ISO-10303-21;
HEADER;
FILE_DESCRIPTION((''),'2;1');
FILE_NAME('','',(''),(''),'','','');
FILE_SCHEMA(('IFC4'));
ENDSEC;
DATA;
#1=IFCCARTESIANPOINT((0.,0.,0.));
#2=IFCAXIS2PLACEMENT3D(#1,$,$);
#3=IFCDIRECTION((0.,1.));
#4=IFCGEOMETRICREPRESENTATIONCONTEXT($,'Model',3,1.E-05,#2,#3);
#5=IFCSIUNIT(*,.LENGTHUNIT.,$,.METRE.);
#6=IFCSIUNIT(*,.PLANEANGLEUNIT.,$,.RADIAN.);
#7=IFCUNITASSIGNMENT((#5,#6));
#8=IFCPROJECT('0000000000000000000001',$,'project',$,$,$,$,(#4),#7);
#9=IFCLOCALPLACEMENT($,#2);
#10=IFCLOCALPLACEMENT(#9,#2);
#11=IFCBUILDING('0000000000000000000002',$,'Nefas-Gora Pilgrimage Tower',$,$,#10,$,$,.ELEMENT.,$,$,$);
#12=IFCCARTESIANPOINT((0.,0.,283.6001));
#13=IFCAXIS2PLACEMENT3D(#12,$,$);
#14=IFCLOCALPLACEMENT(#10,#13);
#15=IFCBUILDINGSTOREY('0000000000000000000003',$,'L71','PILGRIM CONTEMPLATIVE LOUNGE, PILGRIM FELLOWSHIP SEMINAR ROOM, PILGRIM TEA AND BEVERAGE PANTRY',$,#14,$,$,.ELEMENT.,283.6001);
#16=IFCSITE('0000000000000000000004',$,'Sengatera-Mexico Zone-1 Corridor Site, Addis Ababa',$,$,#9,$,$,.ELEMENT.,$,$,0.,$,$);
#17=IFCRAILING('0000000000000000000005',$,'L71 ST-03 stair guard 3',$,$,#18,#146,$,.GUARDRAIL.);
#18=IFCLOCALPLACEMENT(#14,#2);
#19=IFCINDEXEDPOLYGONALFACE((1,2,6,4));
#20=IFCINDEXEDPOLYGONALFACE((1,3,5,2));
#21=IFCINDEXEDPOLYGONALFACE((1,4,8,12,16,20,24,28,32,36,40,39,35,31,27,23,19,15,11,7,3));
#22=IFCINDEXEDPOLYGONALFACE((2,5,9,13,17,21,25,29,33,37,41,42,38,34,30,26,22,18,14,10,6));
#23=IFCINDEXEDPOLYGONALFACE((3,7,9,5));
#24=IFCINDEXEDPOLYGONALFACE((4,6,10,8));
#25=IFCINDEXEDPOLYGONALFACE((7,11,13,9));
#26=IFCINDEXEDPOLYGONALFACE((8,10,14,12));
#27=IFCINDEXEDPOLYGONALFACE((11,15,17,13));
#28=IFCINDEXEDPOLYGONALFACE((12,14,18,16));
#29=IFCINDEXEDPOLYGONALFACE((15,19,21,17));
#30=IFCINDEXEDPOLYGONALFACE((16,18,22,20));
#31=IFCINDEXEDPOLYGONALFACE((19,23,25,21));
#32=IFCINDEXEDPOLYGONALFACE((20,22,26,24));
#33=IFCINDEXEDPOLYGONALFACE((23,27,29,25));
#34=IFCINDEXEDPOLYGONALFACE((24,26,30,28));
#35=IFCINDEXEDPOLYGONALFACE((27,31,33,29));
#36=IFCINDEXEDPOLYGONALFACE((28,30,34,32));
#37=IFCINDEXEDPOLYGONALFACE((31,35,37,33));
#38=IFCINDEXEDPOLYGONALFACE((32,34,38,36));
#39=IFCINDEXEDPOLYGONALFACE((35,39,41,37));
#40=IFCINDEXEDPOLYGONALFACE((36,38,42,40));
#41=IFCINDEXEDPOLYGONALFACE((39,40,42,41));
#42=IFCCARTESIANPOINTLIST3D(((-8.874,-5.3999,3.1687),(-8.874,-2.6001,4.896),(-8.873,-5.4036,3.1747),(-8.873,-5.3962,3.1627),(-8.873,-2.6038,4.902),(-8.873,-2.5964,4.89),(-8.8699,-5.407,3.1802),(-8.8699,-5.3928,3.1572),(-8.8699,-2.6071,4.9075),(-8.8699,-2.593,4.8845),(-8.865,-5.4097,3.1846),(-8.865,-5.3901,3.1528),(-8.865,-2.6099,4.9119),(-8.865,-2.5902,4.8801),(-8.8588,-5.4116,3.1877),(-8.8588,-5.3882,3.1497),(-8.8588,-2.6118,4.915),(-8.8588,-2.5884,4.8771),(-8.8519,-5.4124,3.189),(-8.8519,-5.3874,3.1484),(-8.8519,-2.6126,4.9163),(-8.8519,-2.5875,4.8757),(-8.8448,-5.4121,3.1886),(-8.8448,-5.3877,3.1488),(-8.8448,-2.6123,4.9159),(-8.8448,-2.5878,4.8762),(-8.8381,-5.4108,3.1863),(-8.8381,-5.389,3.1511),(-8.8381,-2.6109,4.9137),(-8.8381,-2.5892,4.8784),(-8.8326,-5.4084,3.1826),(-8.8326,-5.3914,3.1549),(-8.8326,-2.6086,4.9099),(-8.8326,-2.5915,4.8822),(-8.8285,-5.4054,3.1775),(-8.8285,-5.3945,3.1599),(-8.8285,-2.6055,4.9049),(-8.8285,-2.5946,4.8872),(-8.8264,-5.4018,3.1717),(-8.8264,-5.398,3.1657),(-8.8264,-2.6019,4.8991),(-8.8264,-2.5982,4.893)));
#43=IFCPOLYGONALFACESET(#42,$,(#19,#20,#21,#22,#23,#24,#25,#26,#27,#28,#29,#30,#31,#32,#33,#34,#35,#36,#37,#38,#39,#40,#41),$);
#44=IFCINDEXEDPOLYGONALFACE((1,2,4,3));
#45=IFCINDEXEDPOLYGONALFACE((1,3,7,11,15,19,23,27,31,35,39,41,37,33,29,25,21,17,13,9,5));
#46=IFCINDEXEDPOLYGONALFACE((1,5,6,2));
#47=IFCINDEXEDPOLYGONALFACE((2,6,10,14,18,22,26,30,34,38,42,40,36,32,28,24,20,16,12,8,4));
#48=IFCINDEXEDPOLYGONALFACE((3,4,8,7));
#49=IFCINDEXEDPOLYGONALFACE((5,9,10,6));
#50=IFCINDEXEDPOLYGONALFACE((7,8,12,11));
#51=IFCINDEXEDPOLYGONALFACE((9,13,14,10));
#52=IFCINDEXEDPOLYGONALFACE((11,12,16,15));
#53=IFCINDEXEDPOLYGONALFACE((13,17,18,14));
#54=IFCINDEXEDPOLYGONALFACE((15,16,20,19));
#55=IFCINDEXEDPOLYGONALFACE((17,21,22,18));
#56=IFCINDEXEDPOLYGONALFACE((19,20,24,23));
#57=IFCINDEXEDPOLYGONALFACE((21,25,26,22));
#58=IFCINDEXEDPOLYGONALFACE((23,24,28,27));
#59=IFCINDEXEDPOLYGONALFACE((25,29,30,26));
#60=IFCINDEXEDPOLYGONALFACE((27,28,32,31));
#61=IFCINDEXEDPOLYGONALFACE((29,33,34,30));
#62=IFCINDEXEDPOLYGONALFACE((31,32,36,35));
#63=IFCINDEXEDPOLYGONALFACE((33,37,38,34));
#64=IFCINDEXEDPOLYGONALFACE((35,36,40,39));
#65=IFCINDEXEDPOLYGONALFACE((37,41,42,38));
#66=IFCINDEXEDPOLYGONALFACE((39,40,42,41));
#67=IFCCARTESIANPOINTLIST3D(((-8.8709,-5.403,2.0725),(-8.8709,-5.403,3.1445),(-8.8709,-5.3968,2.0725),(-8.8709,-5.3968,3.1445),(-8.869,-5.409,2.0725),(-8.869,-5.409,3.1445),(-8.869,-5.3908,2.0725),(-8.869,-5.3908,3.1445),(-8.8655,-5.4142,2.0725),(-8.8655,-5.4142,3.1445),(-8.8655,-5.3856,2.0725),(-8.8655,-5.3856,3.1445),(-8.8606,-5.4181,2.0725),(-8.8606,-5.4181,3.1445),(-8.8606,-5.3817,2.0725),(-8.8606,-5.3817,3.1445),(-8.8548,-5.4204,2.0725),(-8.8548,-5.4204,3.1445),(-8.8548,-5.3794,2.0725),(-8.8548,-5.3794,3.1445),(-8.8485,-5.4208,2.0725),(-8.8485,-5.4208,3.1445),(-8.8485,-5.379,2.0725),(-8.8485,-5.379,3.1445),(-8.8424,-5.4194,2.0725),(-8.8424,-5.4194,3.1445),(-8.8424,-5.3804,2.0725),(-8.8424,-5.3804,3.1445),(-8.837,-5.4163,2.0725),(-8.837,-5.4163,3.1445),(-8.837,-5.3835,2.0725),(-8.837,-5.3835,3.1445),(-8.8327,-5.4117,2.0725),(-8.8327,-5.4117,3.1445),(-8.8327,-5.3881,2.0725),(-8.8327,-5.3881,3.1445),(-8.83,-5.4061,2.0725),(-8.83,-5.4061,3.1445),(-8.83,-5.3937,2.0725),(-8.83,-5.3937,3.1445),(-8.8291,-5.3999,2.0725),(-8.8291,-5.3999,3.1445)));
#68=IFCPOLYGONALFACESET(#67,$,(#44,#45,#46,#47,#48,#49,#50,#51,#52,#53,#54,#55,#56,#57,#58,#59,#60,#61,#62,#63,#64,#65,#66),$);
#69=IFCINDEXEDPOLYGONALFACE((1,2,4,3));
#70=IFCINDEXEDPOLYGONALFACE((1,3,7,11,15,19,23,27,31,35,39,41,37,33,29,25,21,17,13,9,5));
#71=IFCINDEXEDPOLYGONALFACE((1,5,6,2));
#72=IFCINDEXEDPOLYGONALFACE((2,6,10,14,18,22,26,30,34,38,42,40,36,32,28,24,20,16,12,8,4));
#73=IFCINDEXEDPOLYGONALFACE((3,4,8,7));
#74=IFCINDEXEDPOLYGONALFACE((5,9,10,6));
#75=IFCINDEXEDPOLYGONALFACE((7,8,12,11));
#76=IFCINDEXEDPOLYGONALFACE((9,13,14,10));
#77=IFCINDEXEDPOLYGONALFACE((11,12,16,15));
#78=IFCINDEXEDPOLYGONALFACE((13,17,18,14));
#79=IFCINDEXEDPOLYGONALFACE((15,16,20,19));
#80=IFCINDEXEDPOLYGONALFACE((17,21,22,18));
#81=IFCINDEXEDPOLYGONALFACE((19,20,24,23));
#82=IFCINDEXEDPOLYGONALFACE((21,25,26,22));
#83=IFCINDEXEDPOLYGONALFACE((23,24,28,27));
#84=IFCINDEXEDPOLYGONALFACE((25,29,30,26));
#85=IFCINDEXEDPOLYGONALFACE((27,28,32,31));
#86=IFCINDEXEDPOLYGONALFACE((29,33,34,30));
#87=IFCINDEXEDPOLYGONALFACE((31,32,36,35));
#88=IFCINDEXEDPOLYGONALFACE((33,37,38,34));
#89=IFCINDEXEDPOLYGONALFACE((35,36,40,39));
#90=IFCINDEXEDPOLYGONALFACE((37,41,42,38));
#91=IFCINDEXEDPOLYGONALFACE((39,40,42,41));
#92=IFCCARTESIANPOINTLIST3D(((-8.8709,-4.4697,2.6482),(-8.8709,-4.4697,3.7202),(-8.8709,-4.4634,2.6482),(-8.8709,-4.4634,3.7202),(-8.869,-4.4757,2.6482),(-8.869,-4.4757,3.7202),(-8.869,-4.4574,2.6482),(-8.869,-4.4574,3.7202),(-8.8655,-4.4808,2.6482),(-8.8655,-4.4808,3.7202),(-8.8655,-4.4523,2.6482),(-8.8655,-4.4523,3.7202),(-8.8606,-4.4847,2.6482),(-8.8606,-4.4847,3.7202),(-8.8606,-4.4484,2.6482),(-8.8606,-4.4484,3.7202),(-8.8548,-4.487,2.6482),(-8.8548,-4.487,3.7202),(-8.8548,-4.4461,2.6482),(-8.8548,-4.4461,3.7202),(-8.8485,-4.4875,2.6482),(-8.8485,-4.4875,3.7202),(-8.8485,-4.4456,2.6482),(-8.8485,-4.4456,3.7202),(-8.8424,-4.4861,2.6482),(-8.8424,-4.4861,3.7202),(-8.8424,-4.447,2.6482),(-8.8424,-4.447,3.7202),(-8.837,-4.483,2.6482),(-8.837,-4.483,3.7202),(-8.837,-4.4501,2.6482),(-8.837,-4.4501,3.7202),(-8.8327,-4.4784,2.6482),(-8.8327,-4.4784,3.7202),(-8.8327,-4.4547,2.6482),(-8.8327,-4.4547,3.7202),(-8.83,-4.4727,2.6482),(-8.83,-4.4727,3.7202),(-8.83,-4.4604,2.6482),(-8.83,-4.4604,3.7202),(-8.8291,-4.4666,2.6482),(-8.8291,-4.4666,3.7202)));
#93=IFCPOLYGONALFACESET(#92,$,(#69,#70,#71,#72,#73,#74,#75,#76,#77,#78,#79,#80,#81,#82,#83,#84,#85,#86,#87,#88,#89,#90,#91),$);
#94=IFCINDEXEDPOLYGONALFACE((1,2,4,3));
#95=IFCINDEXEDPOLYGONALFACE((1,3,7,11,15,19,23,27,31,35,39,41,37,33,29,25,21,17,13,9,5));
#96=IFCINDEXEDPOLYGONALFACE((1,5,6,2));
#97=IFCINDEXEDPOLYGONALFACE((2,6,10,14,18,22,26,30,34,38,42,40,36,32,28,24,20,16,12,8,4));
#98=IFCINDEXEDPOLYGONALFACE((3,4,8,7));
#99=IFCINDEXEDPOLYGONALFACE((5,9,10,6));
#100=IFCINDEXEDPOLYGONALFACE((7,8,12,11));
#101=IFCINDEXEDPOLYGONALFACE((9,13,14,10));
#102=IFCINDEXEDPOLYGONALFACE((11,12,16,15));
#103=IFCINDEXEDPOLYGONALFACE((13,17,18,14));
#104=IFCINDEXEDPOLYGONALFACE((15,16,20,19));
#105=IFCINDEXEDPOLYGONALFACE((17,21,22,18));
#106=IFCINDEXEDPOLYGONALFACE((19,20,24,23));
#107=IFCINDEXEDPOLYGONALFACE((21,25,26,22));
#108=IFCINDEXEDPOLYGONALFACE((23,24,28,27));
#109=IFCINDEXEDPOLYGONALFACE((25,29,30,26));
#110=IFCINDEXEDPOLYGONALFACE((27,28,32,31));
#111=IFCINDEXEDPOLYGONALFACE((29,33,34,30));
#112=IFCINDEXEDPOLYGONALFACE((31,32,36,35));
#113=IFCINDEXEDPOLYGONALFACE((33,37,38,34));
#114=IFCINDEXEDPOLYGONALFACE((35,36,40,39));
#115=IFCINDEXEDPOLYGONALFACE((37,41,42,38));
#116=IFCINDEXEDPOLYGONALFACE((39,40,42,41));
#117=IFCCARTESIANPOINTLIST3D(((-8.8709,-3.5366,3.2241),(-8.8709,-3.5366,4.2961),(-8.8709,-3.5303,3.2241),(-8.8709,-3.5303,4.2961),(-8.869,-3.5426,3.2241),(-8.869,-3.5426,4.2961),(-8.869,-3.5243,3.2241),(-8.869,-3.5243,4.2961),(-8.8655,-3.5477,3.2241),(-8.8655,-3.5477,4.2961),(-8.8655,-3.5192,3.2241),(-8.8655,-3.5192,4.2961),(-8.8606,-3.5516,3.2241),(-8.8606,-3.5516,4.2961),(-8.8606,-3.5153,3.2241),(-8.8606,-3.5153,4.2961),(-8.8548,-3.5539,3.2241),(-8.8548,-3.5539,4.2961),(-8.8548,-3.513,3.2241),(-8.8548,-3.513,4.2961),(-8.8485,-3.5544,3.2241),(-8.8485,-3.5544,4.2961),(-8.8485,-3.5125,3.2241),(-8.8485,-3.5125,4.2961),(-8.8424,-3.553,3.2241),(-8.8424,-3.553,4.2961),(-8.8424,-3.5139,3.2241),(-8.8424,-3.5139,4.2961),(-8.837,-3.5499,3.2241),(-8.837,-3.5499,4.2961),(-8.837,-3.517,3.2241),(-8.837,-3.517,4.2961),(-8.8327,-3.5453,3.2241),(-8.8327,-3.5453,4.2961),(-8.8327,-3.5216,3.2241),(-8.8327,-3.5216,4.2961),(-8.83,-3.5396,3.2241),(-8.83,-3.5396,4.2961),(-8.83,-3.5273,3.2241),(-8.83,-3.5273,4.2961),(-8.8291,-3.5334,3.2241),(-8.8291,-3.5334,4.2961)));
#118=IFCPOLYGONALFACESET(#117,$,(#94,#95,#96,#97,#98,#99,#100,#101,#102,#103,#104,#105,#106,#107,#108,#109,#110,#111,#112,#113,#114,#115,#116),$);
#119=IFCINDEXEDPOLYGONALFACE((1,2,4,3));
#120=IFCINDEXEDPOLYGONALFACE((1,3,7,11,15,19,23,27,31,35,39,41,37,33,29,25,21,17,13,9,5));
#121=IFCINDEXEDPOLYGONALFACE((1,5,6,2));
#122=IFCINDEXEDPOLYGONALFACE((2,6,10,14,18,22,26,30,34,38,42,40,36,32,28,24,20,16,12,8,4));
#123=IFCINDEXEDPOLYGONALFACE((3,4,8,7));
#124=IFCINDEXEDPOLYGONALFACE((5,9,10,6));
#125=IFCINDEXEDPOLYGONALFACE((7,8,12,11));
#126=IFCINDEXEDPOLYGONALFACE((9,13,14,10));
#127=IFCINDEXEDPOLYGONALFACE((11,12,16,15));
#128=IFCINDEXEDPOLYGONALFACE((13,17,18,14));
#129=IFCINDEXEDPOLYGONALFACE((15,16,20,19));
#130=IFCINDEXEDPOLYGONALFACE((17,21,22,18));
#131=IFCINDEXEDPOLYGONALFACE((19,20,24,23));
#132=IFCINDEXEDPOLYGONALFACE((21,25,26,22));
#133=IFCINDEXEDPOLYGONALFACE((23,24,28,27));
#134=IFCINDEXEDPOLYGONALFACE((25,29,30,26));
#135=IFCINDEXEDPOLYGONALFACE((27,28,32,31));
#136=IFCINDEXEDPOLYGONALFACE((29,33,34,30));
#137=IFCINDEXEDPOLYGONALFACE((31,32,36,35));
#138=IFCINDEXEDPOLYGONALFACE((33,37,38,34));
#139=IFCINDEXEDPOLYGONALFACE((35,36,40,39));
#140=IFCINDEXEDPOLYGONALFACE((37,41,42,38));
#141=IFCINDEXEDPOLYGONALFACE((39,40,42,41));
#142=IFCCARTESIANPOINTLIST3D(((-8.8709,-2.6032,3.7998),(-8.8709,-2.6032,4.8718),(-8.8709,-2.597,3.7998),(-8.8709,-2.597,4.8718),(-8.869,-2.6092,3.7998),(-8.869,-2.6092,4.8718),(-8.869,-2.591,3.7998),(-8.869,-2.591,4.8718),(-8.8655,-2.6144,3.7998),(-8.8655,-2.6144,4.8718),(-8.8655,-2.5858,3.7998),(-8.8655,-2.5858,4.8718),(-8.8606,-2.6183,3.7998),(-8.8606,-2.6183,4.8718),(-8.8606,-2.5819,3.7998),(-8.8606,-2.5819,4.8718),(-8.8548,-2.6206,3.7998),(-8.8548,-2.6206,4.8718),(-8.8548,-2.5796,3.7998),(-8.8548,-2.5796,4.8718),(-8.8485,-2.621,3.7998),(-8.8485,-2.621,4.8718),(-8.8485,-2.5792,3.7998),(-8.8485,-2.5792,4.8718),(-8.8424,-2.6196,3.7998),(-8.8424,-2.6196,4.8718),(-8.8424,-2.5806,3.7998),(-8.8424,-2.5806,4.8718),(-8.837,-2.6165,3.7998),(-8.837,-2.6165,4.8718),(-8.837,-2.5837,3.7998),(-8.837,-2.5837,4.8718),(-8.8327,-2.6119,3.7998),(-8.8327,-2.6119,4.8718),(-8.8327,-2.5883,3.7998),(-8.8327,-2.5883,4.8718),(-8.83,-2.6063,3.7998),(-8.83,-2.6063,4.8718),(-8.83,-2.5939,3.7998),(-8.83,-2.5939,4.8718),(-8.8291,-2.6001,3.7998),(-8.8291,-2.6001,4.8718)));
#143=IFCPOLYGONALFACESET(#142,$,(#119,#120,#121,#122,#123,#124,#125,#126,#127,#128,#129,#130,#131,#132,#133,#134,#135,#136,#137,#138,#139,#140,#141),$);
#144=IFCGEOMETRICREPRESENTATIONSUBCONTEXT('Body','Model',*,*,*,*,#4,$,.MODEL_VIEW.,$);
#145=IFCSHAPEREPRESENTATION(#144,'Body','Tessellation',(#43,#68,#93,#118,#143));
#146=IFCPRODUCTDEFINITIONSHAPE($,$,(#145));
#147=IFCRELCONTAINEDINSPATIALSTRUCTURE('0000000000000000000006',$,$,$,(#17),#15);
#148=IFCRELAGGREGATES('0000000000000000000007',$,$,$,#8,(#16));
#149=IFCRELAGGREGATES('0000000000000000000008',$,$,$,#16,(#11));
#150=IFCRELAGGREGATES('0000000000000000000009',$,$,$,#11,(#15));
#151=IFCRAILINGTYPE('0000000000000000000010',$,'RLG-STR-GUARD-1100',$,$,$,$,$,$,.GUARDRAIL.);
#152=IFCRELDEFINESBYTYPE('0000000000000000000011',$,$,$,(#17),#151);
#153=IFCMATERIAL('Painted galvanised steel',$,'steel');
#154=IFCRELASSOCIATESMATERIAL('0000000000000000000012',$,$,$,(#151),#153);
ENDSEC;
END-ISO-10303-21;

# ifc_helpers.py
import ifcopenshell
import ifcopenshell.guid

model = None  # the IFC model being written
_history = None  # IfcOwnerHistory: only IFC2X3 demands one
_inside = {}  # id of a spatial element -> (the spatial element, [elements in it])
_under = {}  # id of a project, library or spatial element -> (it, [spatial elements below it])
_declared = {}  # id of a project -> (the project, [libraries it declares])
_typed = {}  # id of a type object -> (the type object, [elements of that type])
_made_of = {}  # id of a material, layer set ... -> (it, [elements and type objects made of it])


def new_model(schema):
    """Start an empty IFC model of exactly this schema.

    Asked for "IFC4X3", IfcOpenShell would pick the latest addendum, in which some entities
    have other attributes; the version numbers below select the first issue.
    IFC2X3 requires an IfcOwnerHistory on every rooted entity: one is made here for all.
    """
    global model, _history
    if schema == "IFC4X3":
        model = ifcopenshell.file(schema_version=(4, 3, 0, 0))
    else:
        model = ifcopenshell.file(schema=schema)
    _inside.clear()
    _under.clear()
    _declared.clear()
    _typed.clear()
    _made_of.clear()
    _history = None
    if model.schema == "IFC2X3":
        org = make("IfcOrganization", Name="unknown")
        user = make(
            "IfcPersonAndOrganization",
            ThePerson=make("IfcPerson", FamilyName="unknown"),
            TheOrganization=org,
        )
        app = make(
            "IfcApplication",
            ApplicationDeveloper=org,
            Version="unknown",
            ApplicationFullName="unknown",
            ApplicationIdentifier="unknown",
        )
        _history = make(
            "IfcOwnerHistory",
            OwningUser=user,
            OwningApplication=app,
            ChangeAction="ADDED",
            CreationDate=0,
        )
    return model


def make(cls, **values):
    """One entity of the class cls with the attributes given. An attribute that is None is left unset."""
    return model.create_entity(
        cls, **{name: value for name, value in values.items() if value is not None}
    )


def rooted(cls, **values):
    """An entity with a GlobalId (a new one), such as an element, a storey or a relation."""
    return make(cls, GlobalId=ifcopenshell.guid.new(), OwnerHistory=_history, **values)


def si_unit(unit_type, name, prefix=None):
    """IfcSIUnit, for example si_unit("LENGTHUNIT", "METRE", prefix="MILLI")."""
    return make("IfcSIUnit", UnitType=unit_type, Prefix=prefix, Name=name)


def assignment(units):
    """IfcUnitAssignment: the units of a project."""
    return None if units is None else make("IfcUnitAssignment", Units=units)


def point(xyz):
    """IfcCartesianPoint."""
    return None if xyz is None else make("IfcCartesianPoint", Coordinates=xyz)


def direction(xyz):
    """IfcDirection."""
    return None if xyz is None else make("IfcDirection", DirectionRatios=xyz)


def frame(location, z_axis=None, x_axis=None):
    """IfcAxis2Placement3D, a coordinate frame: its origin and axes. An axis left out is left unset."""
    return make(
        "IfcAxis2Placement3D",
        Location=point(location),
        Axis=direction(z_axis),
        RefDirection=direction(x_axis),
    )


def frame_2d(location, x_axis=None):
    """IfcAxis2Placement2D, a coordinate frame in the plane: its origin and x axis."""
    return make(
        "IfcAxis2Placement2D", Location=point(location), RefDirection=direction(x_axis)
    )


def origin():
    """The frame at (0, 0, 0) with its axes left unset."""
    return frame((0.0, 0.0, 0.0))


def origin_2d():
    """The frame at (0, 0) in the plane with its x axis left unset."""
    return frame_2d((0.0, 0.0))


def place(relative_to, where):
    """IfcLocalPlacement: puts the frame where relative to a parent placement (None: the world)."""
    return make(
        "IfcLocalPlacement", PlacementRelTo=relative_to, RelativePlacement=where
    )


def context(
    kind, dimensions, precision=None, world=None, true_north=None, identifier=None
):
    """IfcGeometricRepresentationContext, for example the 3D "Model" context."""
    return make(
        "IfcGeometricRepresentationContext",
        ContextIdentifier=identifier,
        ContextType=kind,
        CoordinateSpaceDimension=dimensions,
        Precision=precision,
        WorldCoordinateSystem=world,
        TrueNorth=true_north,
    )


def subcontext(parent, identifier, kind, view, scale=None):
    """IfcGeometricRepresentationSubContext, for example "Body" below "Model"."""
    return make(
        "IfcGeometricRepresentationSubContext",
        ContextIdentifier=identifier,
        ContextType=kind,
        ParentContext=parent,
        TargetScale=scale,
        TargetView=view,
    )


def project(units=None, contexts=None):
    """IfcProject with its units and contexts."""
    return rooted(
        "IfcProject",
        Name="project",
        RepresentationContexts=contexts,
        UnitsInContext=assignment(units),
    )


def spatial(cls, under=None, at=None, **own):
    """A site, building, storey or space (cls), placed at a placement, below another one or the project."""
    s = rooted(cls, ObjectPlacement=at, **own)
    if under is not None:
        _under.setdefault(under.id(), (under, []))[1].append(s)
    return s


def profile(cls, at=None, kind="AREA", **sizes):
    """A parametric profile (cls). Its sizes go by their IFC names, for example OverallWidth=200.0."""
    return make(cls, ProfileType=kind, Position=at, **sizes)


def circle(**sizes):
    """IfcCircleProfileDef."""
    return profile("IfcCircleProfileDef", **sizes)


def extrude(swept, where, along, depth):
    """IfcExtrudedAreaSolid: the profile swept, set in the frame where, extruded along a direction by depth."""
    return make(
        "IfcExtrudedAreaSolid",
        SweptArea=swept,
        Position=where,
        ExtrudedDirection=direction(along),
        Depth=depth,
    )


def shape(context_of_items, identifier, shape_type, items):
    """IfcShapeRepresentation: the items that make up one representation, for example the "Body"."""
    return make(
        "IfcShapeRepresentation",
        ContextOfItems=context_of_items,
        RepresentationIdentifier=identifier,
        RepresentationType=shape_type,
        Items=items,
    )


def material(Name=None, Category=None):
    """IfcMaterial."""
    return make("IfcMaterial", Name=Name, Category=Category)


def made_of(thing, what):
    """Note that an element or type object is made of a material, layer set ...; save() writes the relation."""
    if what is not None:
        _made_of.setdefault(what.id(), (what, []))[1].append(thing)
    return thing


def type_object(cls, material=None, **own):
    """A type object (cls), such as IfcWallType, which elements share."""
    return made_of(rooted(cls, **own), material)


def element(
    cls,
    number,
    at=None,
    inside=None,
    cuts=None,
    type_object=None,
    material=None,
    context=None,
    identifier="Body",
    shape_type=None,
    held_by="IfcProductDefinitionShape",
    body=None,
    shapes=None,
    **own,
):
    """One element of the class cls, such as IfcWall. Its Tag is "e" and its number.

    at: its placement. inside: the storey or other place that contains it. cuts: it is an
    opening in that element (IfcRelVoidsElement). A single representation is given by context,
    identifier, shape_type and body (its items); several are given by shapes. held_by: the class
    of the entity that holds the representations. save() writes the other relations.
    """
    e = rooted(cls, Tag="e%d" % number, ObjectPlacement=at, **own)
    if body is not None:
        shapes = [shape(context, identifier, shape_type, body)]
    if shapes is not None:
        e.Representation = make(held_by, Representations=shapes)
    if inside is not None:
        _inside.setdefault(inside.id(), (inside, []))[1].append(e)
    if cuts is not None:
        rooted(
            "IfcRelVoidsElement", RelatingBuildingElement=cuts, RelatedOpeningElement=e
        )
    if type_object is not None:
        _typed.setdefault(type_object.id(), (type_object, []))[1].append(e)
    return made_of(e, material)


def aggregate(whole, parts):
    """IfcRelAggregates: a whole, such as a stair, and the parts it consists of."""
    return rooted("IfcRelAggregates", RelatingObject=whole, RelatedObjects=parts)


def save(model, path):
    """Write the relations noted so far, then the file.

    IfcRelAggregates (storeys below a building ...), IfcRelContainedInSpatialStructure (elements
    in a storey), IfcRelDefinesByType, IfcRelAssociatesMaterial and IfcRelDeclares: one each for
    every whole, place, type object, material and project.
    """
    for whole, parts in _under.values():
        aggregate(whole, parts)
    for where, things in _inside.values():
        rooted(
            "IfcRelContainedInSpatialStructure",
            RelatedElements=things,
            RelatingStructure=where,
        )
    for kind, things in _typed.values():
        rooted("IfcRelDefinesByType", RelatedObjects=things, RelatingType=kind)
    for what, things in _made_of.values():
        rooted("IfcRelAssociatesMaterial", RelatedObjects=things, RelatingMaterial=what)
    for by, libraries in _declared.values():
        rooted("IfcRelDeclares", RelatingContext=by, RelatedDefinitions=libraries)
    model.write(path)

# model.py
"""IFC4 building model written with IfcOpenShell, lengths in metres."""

from ifc_helpers import new_model, si_unit, direction, frame, origin, origin_2d, place, context, subcontext, project, spatial, circle, extrude, material, type_object, element, save


model = new_model("IFC4")

# Units and contexts
model_context = context("Model", 3, precision=1e-05, world=origin(), true_north=direction((0.0, 1.0)))
body_context = subcontext(model_context, "Body", "Model", "MODEL_VIEW")
ifc_project = project(units=[si_unit("LENGTHUNIT", "METRE"), si_unit("PLANEANGLEUNIT", "RADIAN")], contexts=[model_context])

# Site, building, storey
site_placement = place(None, origin())
site = spatial("IfcSite", under=ifc_project, at=site_placement, Name="Sengatera-Mexico Zone-1 Corridor Site, Addis Ababa", CompositionType="ELEMENT", RefElevation=0.0)
building_placement = place(site_placement, origin())
building = spatial("IfcBuilding", under=site, at=building_placement, Name="Nefas-Gora Pilgrimage Tower", CompositionType="ELEMENT")
storey_placement = place(building_placement, frame((0.0, 0.0, 283.6001)))
storey = spatial("IfcBuildingStorey", under=building, at=storey_placement, Name="L71", Description="PILGRIM CONTEMPLATIVE LOUNGE, PILGRIM FELLOWSHIP SEMINAR ROOM, PILGRIM TEA AND BEVERAGE PANTRY", CompositionType="ELEMENT", Elevation=283.6001)

# Railing
ifc_material_1 = material(Name="Painted galvanised steel", Category="steel")
railing_type_1 = type_object("IfcRailingType", Name="RLG-STR-GUARD-1100", PredefinedType="GUARDRAIL", material=ifc_material_1)
railing_1_placement = place(storey_placement, frame((-8.8501, -5.3999, 2.0725)))
element("IfcRailing", 1, at=railing_1_placement, inside=storey, type_object=railing_type_1, Name="L71 ST-03 stair guard 3", PredefinedType="GUARDRAIL", context=body_context, shape_type="SweptSolid", body=[
    extrude(circle(Radius=0.0239, at=origin_2d()), frame((0.0, 0.0, 1.0962), z_axis=(0.0, 0.851069, 0.525054), x_axis=(-1.0, 0.0, 0.0)), (0.0, 0.0, 1.0), 3.2898),
    extrude(circle(Radius=0.021, at=origin_2d()), origin(), (0.0, 0.0, 1.0), 1.072),
    extrude(circle(Radius=0.021, at=origin_2d()), frame((0.0, 0.9333, 0.5757)), (0.0, 0.0, 1.0), 1.072),
    extrude(circle(Radius=0.021, at=origin_2d()), frame((0.0, 1.8665, 1.1516)), (0.0, 0.0, 1.0), 1.072),
    extrude(circle(Radius=0.021, at=origin_2d()), frame((0.0, 2.7998, 1.7273)), (0.0, 0.0, 1.0), 1.072),
])

save(model, "model.ifc")
